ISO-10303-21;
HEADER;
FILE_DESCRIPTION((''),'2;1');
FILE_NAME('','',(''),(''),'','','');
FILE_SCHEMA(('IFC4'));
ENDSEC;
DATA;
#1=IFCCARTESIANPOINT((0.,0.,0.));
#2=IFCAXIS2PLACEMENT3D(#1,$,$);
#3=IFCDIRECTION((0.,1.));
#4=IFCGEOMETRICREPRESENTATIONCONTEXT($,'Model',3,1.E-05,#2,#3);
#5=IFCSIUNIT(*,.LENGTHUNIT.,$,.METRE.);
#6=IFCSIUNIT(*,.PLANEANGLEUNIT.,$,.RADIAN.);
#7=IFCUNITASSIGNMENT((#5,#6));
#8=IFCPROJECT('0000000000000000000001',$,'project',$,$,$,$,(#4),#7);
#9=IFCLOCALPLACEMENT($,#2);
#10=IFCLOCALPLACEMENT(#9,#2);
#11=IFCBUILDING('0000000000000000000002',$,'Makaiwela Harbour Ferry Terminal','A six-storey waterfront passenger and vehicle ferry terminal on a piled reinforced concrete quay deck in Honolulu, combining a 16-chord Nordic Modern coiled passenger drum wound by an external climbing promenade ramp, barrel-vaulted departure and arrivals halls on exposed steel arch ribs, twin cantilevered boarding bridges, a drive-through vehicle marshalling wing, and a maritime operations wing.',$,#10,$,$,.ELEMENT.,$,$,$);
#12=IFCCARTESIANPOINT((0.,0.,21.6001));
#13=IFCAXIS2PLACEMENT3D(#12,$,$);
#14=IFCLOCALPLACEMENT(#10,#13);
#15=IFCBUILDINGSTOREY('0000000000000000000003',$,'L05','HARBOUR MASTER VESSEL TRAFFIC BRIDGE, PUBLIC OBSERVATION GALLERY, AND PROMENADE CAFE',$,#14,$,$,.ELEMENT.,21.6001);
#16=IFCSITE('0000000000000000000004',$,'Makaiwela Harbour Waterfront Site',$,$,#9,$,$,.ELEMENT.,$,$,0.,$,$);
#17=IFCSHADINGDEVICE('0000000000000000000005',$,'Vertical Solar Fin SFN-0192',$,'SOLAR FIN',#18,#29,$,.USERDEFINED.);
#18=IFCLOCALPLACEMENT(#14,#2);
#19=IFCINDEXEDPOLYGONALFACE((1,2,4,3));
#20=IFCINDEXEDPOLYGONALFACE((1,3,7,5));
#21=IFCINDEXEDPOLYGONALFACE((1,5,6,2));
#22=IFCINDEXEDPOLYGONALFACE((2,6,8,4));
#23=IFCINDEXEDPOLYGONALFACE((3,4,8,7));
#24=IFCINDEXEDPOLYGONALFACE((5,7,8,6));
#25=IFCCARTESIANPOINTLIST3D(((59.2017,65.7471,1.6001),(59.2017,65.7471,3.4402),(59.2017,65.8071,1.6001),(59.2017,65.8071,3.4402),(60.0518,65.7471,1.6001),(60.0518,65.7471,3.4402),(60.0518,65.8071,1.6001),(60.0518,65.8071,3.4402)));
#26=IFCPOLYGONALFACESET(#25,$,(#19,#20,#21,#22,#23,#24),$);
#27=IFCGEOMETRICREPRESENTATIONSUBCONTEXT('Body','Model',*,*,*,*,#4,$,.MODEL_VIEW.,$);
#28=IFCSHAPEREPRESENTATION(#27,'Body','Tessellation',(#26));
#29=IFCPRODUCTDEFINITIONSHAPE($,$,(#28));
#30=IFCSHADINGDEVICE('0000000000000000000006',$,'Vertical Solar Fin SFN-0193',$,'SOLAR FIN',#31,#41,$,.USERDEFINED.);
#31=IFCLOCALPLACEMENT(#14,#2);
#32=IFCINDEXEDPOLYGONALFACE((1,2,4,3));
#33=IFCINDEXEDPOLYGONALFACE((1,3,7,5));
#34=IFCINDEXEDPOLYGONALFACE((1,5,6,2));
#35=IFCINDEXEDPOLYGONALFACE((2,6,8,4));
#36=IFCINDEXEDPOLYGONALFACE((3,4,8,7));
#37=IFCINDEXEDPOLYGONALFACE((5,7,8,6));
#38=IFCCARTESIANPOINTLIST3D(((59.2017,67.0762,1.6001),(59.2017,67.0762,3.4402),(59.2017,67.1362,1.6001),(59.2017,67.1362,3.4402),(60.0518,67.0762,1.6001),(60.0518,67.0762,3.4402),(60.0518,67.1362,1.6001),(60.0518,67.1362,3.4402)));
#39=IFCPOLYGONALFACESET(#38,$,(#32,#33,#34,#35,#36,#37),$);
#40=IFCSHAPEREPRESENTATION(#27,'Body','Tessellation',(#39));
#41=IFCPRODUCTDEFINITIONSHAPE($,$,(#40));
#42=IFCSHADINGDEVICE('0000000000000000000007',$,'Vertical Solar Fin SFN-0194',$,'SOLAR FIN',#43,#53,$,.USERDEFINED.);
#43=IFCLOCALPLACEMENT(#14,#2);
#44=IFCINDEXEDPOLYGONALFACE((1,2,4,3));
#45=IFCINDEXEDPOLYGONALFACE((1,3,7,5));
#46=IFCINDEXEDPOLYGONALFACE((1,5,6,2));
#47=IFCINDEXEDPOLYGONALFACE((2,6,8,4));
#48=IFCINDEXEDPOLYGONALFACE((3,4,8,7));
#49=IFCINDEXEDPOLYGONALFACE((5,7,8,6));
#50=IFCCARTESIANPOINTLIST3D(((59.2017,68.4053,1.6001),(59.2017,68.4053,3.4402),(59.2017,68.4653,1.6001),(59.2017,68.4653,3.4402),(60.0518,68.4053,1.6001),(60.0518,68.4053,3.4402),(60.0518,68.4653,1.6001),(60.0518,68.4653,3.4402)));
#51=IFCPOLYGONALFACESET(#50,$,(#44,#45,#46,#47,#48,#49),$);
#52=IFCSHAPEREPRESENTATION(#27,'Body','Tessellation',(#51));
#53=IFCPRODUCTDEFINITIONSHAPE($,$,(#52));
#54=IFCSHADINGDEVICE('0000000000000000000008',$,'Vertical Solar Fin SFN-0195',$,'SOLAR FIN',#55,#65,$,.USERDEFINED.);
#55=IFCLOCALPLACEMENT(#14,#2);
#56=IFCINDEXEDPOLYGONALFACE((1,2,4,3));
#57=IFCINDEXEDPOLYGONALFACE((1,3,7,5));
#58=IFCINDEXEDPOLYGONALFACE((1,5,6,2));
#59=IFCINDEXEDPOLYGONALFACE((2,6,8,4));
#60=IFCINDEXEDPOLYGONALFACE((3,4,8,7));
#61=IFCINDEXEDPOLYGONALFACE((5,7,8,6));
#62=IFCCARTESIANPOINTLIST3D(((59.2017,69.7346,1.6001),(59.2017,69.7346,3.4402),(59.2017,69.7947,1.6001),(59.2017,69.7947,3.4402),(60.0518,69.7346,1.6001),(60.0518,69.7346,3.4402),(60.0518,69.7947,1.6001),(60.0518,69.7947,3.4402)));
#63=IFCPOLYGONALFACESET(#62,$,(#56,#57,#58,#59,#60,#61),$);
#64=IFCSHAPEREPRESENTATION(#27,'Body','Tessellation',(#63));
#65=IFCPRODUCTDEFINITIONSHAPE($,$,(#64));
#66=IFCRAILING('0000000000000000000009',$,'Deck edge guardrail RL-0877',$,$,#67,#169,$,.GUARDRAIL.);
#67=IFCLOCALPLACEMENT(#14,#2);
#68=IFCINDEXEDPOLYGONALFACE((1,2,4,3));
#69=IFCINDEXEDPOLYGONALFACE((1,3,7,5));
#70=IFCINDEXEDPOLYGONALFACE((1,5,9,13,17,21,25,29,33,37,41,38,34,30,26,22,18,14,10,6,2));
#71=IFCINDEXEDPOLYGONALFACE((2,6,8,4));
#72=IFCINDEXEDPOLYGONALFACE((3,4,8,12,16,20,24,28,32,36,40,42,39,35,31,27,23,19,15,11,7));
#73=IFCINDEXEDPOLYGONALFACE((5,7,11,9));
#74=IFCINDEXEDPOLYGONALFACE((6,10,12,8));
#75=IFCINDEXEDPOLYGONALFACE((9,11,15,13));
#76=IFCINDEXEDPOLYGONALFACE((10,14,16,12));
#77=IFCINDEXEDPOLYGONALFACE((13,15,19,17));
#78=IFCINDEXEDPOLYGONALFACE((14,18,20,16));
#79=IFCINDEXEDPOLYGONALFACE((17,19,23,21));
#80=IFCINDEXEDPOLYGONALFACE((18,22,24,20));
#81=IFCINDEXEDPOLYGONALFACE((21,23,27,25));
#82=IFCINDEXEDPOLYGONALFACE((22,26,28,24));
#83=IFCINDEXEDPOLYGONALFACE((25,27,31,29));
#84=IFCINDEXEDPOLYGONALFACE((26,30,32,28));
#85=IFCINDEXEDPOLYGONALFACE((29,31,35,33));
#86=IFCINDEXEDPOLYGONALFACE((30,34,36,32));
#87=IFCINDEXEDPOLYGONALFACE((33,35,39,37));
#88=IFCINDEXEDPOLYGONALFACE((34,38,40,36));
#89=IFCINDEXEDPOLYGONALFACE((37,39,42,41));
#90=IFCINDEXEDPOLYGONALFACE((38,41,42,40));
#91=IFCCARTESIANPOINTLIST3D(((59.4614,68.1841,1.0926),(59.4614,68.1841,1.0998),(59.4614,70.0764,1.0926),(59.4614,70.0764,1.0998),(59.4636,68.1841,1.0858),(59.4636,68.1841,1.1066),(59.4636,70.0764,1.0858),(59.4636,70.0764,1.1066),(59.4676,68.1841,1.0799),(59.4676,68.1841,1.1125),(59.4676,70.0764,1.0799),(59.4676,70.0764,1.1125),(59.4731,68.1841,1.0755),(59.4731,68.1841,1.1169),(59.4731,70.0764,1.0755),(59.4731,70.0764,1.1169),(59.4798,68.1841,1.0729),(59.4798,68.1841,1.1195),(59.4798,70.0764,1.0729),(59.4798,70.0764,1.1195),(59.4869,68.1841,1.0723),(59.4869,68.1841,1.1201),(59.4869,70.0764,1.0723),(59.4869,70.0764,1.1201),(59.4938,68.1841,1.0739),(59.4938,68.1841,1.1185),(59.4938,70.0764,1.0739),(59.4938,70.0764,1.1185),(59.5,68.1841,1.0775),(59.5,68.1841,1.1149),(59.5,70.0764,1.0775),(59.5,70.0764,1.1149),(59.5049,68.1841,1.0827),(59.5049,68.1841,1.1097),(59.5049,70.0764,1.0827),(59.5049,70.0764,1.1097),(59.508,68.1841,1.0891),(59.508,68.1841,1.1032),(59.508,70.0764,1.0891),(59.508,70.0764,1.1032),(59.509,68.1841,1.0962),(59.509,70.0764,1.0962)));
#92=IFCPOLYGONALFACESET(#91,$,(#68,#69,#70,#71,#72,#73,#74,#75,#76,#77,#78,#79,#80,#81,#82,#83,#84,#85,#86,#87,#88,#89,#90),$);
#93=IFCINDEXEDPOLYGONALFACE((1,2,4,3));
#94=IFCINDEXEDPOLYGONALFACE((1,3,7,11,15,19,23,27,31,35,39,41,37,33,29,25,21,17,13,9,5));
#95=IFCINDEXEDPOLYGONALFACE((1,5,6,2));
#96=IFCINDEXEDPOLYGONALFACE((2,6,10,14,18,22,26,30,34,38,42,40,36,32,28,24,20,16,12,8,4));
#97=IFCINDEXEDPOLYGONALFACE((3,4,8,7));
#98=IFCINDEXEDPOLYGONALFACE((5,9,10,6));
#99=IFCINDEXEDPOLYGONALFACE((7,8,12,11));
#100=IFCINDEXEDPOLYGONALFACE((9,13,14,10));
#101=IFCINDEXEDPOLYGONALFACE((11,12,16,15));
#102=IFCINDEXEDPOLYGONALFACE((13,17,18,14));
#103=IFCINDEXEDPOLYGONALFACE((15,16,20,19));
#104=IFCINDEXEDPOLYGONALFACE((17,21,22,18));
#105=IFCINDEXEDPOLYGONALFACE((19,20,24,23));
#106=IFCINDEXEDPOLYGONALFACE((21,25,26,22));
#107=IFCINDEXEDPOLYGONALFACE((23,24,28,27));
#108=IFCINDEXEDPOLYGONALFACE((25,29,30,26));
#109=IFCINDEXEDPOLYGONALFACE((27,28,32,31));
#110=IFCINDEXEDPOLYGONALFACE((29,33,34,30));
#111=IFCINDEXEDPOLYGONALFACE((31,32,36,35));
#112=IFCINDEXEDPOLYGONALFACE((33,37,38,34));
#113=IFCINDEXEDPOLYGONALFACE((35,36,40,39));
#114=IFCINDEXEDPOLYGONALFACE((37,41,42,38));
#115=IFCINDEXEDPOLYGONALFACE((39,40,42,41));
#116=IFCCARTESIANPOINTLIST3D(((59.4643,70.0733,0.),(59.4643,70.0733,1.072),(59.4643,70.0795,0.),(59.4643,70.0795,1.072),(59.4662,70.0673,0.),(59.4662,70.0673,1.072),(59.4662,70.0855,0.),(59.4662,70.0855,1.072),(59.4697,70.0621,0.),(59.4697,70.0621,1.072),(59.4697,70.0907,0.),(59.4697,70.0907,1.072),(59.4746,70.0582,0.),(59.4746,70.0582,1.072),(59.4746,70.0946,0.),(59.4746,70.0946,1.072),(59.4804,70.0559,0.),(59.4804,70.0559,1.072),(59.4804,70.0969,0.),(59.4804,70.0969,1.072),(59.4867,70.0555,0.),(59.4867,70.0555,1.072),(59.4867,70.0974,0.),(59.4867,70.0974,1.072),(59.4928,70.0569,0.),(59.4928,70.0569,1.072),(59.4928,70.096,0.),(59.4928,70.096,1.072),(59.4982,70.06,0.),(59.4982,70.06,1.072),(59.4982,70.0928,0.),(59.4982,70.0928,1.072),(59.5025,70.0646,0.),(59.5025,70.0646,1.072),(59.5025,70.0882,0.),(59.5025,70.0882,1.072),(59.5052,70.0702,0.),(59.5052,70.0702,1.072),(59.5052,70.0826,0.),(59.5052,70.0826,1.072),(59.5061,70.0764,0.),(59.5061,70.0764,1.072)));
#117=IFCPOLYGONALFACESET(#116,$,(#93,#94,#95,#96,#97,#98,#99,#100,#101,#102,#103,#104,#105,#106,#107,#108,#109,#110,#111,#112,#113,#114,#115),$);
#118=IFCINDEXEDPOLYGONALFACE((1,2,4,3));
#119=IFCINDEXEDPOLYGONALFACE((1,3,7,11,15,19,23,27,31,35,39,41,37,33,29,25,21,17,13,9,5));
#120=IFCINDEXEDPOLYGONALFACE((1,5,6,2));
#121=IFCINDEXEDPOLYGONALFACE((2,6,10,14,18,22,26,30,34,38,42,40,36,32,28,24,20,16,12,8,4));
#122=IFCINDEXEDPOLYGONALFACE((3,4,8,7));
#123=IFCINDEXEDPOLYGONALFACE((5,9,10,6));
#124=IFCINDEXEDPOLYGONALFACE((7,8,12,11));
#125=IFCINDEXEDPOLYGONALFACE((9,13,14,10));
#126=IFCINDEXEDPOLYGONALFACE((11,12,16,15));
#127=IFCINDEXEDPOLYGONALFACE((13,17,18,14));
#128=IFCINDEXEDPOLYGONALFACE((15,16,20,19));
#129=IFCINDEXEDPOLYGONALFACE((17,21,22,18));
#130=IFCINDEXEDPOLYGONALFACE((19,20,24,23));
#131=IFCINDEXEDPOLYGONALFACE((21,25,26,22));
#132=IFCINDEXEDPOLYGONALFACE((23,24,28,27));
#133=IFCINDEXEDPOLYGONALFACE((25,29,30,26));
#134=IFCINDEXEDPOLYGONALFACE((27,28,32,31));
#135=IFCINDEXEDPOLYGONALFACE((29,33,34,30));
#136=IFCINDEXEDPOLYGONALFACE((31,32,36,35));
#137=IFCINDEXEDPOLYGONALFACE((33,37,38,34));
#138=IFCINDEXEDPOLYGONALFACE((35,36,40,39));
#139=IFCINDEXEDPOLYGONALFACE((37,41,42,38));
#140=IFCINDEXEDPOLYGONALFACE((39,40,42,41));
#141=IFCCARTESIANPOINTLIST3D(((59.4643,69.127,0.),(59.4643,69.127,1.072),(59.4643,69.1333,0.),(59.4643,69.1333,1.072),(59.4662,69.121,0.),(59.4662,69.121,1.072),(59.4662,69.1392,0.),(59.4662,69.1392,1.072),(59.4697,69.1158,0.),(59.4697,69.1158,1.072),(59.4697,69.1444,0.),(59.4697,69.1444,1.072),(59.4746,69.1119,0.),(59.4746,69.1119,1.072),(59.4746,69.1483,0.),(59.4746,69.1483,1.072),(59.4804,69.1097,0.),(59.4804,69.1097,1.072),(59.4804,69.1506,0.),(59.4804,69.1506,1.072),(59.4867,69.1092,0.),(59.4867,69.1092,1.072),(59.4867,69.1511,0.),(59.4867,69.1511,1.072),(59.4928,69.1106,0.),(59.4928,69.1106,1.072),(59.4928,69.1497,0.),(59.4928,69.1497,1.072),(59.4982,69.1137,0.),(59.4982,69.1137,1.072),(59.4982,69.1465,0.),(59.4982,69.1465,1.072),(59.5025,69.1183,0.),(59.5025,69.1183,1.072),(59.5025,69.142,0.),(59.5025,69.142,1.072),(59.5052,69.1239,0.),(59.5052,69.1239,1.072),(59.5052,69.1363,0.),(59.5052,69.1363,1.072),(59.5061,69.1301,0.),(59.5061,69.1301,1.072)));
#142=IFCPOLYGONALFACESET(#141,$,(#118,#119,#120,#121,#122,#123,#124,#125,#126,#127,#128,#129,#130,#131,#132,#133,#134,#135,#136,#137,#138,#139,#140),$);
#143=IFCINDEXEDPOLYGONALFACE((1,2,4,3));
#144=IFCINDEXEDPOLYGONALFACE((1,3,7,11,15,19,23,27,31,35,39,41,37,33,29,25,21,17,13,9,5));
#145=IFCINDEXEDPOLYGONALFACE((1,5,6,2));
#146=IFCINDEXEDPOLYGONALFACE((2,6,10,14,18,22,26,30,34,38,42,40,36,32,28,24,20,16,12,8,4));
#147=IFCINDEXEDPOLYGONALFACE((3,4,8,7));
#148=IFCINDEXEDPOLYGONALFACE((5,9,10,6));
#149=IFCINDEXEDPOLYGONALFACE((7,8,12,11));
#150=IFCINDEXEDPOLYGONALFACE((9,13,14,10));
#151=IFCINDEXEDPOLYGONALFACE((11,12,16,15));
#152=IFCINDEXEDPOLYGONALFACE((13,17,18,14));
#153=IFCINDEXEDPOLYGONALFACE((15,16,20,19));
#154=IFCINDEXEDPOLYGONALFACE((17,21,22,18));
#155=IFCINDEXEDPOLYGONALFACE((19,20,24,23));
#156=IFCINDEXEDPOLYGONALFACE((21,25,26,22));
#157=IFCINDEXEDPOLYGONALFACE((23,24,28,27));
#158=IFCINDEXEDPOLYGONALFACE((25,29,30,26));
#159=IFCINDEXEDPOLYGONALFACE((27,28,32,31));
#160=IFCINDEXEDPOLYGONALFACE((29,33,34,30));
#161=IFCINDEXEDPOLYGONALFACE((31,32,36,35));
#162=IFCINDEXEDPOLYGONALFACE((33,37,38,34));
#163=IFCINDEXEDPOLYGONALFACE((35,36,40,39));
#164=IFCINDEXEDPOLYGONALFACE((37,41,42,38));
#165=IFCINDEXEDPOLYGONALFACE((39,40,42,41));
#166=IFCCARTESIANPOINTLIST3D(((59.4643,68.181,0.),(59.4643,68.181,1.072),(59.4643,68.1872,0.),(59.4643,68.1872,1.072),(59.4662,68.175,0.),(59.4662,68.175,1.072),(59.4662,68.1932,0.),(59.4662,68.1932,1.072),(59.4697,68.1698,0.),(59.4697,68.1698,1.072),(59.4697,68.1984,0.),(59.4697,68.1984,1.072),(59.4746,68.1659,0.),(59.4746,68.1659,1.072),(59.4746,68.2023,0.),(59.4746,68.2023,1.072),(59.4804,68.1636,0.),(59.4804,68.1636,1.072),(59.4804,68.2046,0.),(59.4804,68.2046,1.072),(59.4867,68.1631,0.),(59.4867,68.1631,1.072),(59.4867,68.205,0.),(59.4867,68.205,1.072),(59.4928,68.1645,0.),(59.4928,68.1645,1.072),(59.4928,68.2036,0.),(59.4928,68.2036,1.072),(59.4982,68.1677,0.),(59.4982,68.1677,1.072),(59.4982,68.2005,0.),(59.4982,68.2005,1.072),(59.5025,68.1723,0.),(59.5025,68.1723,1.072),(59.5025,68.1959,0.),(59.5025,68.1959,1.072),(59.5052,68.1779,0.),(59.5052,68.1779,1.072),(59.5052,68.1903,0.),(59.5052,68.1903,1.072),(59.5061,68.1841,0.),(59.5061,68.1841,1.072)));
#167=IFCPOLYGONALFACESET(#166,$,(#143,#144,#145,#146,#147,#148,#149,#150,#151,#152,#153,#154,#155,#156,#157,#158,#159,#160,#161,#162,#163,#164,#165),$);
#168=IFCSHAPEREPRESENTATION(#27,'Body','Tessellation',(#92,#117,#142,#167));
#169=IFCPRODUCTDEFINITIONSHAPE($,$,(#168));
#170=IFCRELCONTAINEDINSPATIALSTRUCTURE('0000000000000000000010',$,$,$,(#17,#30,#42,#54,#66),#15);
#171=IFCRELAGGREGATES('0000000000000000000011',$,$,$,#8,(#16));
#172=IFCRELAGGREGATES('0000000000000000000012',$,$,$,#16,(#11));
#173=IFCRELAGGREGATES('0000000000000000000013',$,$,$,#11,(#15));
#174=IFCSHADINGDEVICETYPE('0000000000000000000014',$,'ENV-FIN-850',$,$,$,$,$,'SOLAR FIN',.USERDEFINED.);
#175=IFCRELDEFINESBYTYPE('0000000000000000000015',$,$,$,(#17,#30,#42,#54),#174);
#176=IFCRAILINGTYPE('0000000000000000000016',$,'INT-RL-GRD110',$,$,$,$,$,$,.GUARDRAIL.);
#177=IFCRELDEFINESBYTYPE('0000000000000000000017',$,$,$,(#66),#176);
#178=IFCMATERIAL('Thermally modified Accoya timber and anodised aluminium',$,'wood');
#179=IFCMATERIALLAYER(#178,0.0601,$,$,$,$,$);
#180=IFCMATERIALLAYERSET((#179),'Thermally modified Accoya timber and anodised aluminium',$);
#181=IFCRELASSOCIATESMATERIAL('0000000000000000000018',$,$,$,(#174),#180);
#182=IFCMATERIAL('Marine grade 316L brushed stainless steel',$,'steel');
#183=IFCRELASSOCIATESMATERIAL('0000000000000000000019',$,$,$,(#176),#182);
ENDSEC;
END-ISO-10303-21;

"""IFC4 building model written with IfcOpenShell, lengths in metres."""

from ifc_helpers import new_model, si_unit, direction, frame, origin, origin_2d, place, context, subcontext, project, spatial, rectangle, circle, extrude, material, layer, layer_set, type_object, element, save


model = new_model("IFC4")

# Units and contexts
model_context = context("Model", 3, precision=1e-05, world=origin(), true_north=direction((0.0, 1.0)))
body_context = subcontext(model_context, "Body", "Model", "MODEL_VIEW")
ifc_project = project(units=[si_unit("LENGTHUNIT", "METRE"), si_unit("PLANEANGLEUNIT", "RADIAN")], contexts=[model_context])

# Site, building, storey
site_placement = place(None, origin())
site = spatial("IfcSite", under=ifc_project, at=site_placement, Name="Makaiwela Harbour Waterfront Site", CompositionType="ELEMENT", RefElevation=0.0)
building_placement = place(site_placement, origin())
building = spatial("IfcBuilding", under=site, at=building_placement, Name="Makaiwela Harbour Ferry Terminal", Description="A six-storey waterfront passenger and vehicle ferry terminal on a piled reinforced concrete quay deck in Honolulu, combining a 16-chord Nordic Modern coiled passenger drum wound by an external climbing promenade ramp, barrel-vaulted departure and arrivals halls on exposed steel arch ribs, twin cantilevered boarding bridges, a drive-through vehicle marshalling wing, and a maritime operations wing.", CompositionType="ELEMENT")
storey_placement = place(building_placement, frame((0.0, 0.0, 21.6001)))
storey = spatial("IfcBuildingStorey", under=building, at=storey_placement, Name="L05", Description="HARBOUR MASTER VESSEL TRAFFIC BRIDGE, PUBLIC OBSERVATION GALLERY, AND PROMENADE CAFE", CompositionType="ELEMENT", Elevation=21.6001)

# Shading devices
ifc_material_1 = material(Name="Thermally modified Accoya timber and anodised aluminium", Category="wood")
ifc_layer_1 = layer(ifc_material_1, 0.0601)
ifc_layer_set_1 = layer_set([ifc_layer_1], Name="Thermally modified Accoya timber and anodised aluminium")
shading_device_type = type_object("IfcShadingDeviceType", Name="ENV-FIN-850", ElementType="SOLAR FIN", PredefinedType="USERDEFINED", material=ifc_layer_set_1)
for number, where, z_axis, x_axis, name in (
    (1, (59.6267, 65.7771, 1.6001), (0.0, 0.0, 1.0), (1.0, 0.0, 0.0), "Vertical Solar Fin SFN-0192"),
    (2, (59.6267, 67.1062, 1.6001), (0.0, 0.0, 1.0), (1.0, 0.0, 0.0), "Vertical Solar Fin SFN-0193"),
    (3, (59.6267, 68.4353, 1.6001), (0.0, 0.0, 1.0), (1.0, 0.0, 0.0), "Vertical Solar Fin SFN-0194"),
    (4, (59.6267, 69.7646, 1.6001), (0.0, 0.0, 1.0), (1.0, 0.0, 0.0), "Vertical Solar Fin SFN-0195"),
):
    element("IfcShadingDevice", number, at=place(storey_placement, frame(where, z_axis=z_axis, x_axis=x_axis)), inside=storey, type_object=shading_device_type, Name=name, ObjectType="SOLAR FIN", PredefinedType="USERDEFINED", context=body_context, shape_type="SweptSolid", body=[
        extrude(rectangle(XDim=0.8501, YDim=0.0601, at=origin_2d()), origin(), (0.0, 0.0, 1.0), 1.8401),
    ])

# Railing
ifc_material_2 = material(Name="Marine grade 316L brushed stainless steel", Category="steel")
railing_type = type_object("IfcRailingType", Name="INT-RL-GRD110", PredefinedType="GUARDRAIL", material=ifc_material_2)
railing_1_placement = place(storey_placement, frame((59.4851, 70.0764, 0.0)))
element("IfcRailing", 5, at=railing_1_placement, inside=storey, type_object=railing_type, Name="Deck edge guardrail RL-0877", PredefinedType="GUARDRAIL", context=body_context, shape_type="SweptSolid", body=[
    extrude(circle(Radius=0.0239, at=origin_2d()), frame((0.0, 0.0, 1.0962), z_axis=(0.0, -1.0, 0.0), x_axis=(1.0, 0.0, 0.0)), (0.0, 0.0, 1.0), 1.8923),
    extrude(circle(Radius=0.021, at=origin_2d()), origin(), (0.0, 0.0, 1.0), 1.072),
    extrude(circle(Radius=0.021, at=origin_2d()), frame((0.0, -0.9463, 0.0)), (0.0, 0.0, 1.0), 1.072),
    extrude(circle(Radius=0.021, at=origin_2d()), frame((0.0, -1.8923, 0.0)), (0.0, 0.0, 1.0), 1.072),
])

save(model, "model.ifc")
